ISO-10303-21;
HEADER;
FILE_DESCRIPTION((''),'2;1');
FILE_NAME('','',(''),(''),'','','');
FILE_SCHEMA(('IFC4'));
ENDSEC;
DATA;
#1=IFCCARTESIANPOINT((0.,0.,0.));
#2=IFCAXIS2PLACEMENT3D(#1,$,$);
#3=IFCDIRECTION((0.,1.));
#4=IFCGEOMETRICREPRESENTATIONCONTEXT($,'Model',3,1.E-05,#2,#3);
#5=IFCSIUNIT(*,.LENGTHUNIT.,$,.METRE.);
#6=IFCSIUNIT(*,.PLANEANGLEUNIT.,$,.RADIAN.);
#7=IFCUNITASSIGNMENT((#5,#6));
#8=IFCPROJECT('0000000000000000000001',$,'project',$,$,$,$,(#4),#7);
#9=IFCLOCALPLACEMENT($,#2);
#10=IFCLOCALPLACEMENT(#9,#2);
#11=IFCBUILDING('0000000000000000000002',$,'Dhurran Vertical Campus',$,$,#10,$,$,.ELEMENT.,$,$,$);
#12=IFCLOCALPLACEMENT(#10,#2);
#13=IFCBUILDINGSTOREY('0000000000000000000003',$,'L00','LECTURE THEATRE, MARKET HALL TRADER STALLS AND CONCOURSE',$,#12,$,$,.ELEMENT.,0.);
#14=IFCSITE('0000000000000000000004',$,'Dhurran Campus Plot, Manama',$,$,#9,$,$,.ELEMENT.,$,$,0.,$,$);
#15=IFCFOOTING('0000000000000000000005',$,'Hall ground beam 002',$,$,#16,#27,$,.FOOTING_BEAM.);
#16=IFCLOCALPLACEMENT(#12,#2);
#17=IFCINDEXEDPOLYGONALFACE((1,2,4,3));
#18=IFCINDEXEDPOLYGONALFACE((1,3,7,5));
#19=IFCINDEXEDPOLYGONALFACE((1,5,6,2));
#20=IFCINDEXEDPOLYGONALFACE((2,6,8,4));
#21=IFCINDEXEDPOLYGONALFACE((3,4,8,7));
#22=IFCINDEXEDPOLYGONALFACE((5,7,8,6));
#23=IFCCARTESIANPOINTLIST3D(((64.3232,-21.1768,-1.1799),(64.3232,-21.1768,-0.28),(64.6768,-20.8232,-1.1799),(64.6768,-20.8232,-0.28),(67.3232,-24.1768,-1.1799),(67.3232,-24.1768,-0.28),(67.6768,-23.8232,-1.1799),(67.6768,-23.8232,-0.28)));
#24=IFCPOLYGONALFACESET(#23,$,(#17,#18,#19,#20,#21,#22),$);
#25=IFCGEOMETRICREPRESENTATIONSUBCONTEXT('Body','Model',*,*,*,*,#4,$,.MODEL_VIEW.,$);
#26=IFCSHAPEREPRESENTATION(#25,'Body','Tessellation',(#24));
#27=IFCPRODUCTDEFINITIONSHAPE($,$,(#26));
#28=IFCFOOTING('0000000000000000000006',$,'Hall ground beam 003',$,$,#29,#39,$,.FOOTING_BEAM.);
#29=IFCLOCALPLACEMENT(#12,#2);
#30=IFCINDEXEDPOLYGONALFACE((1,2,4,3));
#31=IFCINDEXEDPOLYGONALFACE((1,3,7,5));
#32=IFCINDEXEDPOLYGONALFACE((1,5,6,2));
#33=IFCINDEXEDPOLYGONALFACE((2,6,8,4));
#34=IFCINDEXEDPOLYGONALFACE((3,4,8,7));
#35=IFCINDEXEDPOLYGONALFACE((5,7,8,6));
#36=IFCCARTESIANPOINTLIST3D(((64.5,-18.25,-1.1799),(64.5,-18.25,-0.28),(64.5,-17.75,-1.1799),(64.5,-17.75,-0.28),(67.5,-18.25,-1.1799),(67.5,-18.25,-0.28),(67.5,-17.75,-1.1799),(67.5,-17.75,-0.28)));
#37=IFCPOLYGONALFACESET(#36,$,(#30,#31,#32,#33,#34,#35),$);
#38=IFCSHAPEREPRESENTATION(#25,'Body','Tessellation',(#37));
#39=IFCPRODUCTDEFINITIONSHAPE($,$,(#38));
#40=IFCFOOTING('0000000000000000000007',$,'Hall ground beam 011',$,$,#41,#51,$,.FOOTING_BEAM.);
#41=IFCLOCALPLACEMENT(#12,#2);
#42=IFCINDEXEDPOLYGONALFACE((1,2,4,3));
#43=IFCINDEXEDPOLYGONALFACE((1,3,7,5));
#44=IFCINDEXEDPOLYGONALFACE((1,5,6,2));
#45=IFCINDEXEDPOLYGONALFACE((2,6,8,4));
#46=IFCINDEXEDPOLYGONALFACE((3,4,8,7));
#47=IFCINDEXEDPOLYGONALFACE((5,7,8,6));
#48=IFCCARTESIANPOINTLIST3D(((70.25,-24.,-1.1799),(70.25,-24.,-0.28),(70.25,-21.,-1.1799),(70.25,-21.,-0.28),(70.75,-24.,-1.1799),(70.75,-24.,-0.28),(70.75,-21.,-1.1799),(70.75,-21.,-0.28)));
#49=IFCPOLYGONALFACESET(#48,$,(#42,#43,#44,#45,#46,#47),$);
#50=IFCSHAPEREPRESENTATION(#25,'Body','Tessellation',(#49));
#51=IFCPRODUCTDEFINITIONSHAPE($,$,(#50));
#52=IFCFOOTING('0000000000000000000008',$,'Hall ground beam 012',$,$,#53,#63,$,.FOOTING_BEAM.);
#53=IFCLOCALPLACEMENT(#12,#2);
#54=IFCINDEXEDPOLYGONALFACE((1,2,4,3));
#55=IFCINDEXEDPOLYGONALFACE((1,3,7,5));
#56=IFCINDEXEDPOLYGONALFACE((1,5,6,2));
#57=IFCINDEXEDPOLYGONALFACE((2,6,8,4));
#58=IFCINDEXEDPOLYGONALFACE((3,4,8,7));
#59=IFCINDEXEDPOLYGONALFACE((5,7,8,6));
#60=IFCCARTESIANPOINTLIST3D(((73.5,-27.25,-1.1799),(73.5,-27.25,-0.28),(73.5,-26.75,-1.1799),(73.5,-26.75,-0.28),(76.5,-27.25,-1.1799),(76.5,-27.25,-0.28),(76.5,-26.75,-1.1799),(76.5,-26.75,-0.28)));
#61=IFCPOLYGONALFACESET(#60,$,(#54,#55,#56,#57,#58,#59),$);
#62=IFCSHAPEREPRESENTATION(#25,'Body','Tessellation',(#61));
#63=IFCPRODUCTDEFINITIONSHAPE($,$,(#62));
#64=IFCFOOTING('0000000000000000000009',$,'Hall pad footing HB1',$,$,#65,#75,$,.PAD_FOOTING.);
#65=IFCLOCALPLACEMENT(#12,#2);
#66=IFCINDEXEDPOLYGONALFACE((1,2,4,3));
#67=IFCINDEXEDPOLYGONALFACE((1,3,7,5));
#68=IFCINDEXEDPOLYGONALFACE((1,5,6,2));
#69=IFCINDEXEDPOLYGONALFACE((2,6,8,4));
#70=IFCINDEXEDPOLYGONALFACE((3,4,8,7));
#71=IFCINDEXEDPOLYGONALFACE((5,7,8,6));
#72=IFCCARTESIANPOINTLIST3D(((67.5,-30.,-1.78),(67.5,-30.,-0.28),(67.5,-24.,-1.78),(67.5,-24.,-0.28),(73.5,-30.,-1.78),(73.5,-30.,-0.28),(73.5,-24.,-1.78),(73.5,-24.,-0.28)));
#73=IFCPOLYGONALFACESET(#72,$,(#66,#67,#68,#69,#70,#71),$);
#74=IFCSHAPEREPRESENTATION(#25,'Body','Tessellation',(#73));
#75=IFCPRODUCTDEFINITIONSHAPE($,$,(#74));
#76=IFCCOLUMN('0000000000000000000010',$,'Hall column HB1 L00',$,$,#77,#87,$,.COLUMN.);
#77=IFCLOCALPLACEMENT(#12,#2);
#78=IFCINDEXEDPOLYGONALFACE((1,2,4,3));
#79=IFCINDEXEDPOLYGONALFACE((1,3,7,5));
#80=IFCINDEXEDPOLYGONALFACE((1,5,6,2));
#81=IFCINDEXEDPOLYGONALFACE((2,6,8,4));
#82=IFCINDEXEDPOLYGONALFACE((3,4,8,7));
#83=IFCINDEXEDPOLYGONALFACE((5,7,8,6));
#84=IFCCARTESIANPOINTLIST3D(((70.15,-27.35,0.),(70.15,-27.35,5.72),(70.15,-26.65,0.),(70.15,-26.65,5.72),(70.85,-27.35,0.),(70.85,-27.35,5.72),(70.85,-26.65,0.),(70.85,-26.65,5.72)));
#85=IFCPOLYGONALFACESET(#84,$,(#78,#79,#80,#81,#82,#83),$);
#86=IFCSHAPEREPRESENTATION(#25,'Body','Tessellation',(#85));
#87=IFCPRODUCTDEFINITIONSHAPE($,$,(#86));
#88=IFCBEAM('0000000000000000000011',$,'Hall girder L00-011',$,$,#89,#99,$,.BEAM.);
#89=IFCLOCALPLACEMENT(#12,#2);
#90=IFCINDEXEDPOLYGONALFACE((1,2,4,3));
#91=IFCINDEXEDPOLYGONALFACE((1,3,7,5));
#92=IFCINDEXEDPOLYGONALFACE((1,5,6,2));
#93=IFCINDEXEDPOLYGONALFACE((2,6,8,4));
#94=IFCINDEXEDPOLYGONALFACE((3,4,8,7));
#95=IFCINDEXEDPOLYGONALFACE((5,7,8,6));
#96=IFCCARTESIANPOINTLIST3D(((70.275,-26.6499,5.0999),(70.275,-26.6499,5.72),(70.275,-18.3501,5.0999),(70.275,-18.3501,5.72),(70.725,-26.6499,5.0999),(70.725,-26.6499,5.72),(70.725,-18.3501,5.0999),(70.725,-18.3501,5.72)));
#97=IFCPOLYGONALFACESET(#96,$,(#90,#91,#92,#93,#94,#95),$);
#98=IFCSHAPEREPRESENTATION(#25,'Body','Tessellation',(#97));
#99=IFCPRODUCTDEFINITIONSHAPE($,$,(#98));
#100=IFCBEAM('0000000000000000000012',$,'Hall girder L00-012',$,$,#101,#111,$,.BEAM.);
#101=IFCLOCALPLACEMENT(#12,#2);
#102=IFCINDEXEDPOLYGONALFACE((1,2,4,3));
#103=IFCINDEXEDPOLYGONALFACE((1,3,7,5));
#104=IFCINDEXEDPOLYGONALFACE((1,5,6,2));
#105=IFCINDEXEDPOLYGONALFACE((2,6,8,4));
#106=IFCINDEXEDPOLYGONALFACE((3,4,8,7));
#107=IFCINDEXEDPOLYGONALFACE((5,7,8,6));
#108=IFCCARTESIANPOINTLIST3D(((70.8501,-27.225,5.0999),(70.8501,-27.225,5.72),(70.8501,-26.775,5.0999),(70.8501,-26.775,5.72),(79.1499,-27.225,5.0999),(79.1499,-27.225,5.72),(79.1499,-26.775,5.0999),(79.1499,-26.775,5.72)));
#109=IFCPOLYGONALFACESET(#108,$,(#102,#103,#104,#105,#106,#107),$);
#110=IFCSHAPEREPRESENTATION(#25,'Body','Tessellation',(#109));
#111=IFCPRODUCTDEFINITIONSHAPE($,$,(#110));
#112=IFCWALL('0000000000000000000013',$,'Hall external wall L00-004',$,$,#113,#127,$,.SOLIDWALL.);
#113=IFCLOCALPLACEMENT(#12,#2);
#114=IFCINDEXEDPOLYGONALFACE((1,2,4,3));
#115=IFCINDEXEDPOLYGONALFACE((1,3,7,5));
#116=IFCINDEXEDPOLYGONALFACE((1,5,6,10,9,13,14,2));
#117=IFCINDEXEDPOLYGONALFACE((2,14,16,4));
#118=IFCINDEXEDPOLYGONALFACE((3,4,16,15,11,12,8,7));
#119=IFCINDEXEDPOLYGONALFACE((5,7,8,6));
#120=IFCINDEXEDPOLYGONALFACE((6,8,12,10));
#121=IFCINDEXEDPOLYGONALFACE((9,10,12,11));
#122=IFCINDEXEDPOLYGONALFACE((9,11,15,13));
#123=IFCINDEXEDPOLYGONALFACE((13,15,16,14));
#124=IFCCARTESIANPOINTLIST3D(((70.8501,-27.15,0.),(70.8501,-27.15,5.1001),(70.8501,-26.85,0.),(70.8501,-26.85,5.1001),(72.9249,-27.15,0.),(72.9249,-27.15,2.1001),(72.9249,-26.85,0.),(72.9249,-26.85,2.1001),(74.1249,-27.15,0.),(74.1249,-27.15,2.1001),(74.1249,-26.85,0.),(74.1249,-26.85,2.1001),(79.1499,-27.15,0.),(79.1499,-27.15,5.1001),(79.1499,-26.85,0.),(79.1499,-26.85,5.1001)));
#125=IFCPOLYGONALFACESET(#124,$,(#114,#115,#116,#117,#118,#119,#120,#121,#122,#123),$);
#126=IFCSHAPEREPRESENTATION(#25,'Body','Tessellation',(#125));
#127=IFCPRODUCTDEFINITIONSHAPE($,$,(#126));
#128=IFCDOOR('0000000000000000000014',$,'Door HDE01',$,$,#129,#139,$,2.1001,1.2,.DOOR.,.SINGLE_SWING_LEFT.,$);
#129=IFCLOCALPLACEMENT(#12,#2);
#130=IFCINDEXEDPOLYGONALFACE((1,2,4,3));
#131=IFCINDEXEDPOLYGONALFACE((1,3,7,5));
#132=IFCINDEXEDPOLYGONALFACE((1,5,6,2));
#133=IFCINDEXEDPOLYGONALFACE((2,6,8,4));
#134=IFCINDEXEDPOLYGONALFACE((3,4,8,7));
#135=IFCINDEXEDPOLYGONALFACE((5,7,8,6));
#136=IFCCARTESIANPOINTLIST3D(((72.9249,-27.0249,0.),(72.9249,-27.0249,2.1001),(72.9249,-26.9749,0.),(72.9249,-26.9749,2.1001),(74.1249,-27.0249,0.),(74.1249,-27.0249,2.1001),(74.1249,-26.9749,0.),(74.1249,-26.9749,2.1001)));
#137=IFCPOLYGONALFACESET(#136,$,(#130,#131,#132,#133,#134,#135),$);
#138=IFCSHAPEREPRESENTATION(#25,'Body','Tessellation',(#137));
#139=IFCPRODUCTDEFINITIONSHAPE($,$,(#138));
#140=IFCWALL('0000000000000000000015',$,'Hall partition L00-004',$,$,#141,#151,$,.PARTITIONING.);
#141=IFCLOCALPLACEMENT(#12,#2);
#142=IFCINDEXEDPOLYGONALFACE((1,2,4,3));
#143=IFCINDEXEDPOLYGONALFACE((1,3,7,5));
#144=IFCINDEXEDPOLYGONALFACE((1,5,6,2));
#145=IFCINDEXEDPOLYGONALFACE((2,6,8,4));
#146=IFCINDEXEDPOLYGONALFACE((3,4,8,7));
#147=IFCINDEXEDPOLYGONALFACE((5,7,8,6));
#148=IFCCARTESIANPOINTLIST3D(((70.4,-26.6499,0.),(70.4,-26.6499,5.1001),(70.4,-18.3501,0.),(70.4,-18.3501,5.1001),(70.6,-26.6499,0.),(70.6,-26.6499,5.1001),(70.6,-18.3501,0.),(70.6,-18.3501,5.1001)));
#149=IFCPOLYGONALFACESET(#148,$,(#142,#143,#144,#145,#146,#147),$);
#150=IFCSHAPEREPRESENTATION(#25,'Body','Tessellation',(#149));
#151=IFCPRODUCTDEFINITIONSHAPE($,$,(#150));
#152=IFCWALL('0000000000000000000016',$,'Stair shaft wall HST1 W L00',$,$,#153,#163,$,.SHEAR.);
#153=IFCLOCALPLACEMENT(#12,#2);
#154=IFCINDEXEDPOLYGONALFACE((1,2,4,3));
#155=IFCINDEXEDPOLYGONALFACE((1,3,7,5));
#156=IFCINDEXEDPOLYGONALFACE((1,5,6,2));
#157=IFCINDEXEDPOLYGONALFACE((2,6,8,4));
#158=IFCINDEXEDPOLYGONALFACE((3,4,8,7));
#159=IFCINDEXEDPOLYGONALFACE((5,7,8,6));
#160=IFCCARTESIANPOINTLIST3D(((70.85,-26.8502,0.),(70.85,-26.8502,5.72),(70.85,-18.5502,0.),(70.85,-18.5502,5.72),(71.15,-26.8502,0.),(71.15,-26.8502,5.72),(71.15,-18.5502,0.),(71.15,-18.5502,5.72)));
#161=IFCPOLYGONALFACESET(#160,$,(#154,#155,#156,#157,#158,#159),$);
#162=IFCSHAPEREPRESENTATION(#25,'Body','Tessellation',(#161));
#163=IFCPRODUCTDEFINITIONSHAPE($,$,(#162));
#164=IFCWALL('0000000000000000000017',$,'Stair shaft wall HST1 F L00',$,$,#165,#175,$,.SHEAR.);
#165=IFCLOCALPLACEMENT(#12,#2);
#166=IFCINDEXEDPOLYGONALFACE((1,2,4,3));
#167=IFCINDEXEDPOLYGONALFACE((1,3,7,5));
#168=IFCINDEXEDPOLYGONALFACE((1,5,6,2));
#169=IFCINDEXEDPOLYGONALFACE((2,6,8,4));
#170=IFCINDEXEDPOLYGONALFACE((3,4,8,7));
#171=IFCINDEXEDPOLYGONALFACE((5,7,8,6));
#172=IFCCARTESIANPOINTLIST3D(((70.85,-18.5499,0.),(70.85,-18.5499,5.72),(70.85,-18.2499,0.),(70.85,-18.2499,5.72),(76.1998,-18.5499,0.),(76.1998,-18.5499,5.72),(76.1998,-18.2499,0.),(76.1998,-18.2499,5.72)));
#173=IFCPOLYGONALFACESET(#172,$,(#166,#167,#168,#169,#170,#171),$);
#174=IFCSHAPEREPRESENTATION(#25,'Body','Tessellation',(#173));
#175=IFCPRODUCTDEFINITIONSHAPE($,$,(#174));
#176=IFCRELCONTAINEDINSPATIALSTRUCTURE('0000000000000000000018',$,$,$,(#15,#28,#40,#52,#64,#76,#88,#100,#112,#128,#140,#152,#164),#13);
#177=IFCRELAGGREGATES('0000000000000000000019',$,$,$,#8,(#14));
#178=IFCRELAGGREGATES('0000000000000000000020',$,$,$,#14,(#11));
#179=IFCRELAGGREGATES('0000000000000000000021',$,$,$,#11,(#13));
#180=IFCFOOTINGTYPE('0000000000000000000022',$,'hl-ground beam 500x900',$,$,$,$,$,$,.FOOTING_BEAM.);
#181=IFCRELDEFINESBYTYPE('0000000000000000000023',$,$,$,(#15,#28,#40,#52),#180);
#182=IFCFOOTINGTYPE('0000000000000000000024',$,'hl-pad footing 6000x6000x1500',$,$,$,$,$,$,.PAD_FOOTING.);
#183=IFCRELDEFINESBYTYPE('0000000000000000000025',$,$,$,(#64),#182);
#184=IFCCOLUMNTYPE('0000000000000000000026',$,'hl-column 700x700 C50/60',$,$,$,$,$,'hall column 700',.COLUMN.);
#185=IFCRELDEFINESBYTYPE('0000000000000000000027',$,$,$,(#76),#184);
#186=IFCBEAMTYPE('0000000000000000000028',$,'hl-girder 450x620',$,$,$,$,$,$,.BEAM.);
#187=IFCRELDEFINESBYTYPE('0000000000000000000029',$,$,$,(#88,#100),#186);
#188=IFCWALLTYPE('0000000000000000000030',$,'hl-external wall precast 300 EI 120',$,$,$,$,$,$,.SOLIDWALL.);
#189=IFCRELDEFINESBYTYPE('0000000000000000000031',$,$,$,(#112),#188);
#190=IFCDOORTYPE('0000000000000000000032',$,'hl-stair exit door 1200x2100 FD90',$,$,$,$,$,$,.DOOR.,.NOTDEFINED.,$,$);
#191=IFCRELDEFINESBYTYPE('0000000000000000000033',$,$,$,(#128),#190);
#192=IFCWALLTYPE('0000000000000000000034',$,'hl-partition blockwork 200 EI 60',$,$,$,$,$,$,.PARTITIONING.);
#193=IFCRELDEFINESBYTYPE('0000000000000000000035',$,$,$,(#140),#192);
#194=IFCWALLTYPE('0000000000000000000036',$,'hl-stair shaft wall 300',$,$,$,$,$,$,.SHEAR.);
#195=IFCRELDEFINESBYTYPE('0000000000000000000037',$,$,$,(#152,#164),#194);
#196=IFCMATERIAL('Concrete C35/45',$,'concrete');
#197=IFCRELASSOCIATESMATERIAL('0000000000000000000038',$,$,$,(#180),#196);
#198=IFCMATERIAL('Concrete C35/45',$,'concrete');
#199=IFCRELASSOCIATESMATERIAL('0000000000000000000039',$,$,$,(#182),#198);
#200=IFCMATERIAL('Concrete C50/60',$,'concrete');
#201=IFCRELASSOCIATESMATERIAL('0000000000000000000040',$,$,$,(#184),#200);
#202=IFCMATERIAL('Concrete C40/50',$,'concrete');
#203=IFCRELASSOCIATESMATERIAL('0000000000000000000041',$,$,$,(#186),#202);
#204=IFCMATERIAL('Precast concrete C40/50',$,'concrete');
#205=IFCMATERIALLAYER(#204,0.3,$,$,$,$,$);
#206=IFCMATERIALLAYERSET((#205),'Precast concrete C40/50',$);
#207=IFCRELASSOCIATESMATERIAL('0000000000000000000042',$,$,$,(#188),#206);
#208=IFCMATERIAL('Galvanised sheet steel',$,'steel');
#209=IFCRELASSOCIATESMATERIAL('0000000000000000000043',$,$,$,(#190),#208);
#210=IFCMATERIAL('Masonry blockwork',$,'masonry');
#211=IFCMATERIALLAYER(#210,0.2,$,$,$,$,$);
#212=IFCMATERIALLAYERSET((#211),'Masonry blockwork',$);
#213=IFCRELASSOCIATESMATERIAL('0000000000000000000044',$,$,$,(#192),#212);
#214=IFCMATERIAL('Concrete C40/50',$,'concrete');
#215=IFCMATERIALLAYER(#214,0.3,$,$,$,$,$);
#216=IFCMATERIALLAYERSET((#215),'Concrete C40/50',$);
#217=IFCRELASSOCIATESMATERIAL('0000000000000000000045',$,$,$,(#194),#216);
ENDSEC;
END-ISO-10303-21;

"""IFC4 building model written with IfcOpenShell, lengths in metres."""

from ifc_helpers import new_model, si_unit, direction, frame, frame_2d, origin, origin_2d, place, context, subcontext, project, spatial, rectangle, extrude, material, layer, layer_set, material_profile, profile_set, type_object, element, fill, save


model = new_model("IFC4")

# Units and contexts
model_context = context("Model", 3, precision=1e-05, world=origin(), true_north=direction((0.0, 1.0)))
body_context = subcontext(model_context, "Body", "Model", "MODEL_VIEW")
ifc_project = project(units=[si_unit("LENGTHUNIT", "METRE"), si_unit("PLANEANGLEUNIT", "RADIAN")], contexts=[model_context])

# Site, building, storey
site_placement = place(None, origin())
site = spatial("IfcSite", under=ifc_project, at=site_placement, Name="Dhurran Campus Plot, Manama", CompositionType="ELEMENT", RefElevation=0.0)
building_placement = place(site_placement, origin())
building = spatial("IfcBuilding", under=site, at=building_placement, Name="Dhurran Vertical Campus", CompositionType="ELEMENT")
storey_placement = place(building_placement, origin())
storey = spatial("IfcBuildingStorey", under=building, at=storey_placement, Name="L00", Description="LECTURE THEATRE, MARKET HALL TRADER STALLS AND CONCOURSE", CompositionType="ELEMENT", Elevation=0.0)

# Footings
ifc_material_1 = material(Name="Concrete C35/45", Category="concrete")
ifc_material_profile_1 = material_profile(ifc_material_1, rectangle(XDim=0.5, YDim=0.8999, at=origin_2d()), Name="hl-ground beam 500x900")
ifc_profile_set_1 = profile_set([ifc_material_profile_1], Name="Concrete C35/45")
footing_type_1 = type_object("IfcFootingType", Name="hl-ground beam 500x900", PredefinedType="FOOTING_BEAM", material=ifc_profile_set_1)
footing_1_placement = place(storey_placement, frame((64.5, -21.0, -0.73), z_axis=(0.707107, -0.707107, 0.0), x_axis=(0.707107, 0.707107, 0.0)))
element("IfcFooting", 1, at=footing_1_placement, inside=storey, type_object=footing_type_1, Name="Hall ground beam 002", PredefinedType="FOOTING_BEAM", context=body_context, shape_type="SweptSolid", body=[
    extrude(rectangle(XDim=0.5, YDim=0.8999, at=origin_2d()), origin(), (0.0, 0.0, 1.0), 4.2427),
])
for number, where, z_axis, x_axis, name in (
    (2, (64.5, -18.0, -0.73), (1.0, 0.0, 0.0), (0.0, 1.0, 0.0), "Hall ground beam 003"),
    (3, (70.5, -24.0, -0.73), (0.0, 1.0, 0.0), (-1.0, 0.0, 0.0), "Hall ground beam 011"),
    (4, (73.5, -27.0, -0.73), (1.0, 0.0, 0.0), (0.0, 1.0, 0.0), "Hall ground beam 012"),
):
    element("IfcFooting", number, at=place(storey_placement, frame(where, z_axis=z_axis, x_axis=x_axis)), inside=storey, type_object=footing_type_1, Name=name, PredefinedType="FOOTING_BEAM", context=body_context, shape_type="SweptSolid", body=[
        extrude(rectangle(XDim=0.5, YDim=0.8999, at=origin_2d()), origin(), (0.0, 0.0, 1.0), 3.0),
    ])
ifc_material_2 = material(Name="Concrete C35/45", Category="concrete")
footing_type_2 = type_object("IfcFootingType", Name="hl-pad footing 6000x6000x1500", PredefinedType="PAD_FOOTING", material=ifc_material_2)
footing_2_placement = place(storey_placement, frame((70.5, -27.0, -1.78), z_axis=(0.0, 0.0, 1.0), x_axis=(1.0, 0.0, 0.0)))
element("IfcFooting", 5, at=footing_2_placement, inside=storey, type_object=footing_type_2, Name="Hall pad footing HB1", PredefinedType="PAD_FOOTING", context=body_context, shape_type="SweptSolid", body=[
    extrude(rectangle(XDim=6.0, YDim=6.0, at=origin_2d()), origin(), (0.0, 0.0, 1.0), 1.5),
])

# Column
ifc_material_3 = material(Name="Concrete C50/60", Category="concrete")
ifc_material_profile_2 = material_profile(ifc_material_3, rectangle(XDim=0.7, YDim=0.7, at=origin_2d()), Name="hl-column 700x700 C50/60")
ifc_profile_set_2 = profile_set([ifc_material_profile_2], Name="Concrete C50/60")
column_type = type_object("IfcColumnType", Name="hl-column 700x700 C50/60", ElementType="hall column 700", PredefinedType="COLUMN", material=ifc_profile_set_2)
column_placement = place(storey_placement, frame((70.5, -27.0, 0.0), z_axis=(0.0, 0.0, 1.0), x_axis=(1.0, 0.0, 0.0)))
element("IfcColumn", 6, at=column_placement, inside=storey, type_object=column_type, Name="Hall column HB1 L00", PredefinedType="COLUMN", context=body_context, shape_type="SweptSolid", body=[
    extrude(rectangle(XDim=0.7, YDim=0.7, at=origin_2d()), origin(), (0.0, 0.0, 1.0), 5.72),
])

# Beams
ifc_material_4 = material(Name="Concrete C40/50", Category="concrete")
ifc_material_profile_3 = material_profile(ifc_material_4, rectangle(XDim=0.45, YDim=0.6201, at=origin_2d()), Name="hl-girder 450x620")
ifc_profile_set_3 = profile_set([ifc_material_profile_3], Name="Concrete C40/50")
beam_type = type_object("IfcBeamType", Name="hl-girder 450x620", PredefinedType="BEAM", material=ifc_profile_set_3)
for number, where, z_axis, x_axis, name in (
    (7, (70.5, -26.6499, 5.4099), (0.0, 1.0, 0.0), (-1.0, 0.0, 0.0), "Hall girder L00-011"),
    (8, (70.8501, -27.0, 5.4099), (1.0, 0.0, 0.0), (0.0, 1.0, 0.0), "Hall girder L00-012"),
):
    element("IfcBeam", number, at=place(storey_placement, frame(where, z_axis=z_axis, x_axis=x_axis)), inside=storey, type_object=beam_type, Name=name, PredefinedType="BEAM", context=body_context, shape_type="SweptSolid", body=[
        extrude(rectangle(XDim=0.45, YDim=0.6201, at=origin_2d()), origin(), (0.0, 0.0, 1.0), 8.2998),
    ])

# Wall, opening, door
ifc_material_5 = material(Name="Precast concrete C40/50", Category="concrete")
ifc_layer_1 = layer(ifc_material_5, 0.3)
ifc_layer_set_1 = layer_set([ifc_layer_1], Name="Precast concrete C40/50")
wall_type_1 = type_object("IfcWallType", Name="hl-external wall precast 300 EI 120", PredefinedType="SOLIDWALL", material=ifc_layer_set_1)
wall_1_placement = place(storey_placement, frame((70.8501, -27.0, 0.0), z_axis=(0.0, 0.0, 1.0), x_axis=(1.0, 0.0, 0.0)))
wall_1 = element("IfcWall", 9, at=wall_1_placement, inside=storey, type_object=wall_type_1, Name="Hall external wall L00-004", PredefinedType="SOLIDWALL", context=body_context, shape_type="SweptSolid", body=[
    extrude(rectangle(XDim=8.2998, YDim=0.3, at=frame_2d((4.1499, 0.0))), origin(), (0.0, 0.0, 1.0), 5.1001),
])
opening_placement = place(wall_1_placement, frame((3.2749, 0.0, 0.0), z_axis=(0.0, 0.0, 1.0), x_axis=(-1.0, 0.0, 0.0)))
opening = element("IfcOpeningElement", 10, at=opening_placement, cuts=wall_1, PredefinedType="OPENING", context=body_context, shape_type="SweptSolid", body=[
    extrude(rectangle(XDim=1.2, YDim=2.1001, at=frame_2d((0.6001, 1.05))), frame((0.0, 0.1599, 0.0), z_axis=(0.0, -1.0, 0.0), x_axis=(1.0, 0.0, 0.0)), (0.0, 0.0, 1.0), 0.3201),
])
ifc_material_6 = material(Name="Galvanised sheet steel", Category="steel")
door_type = type_object("IfcDoorType", Name="hl-stair exit door 1200x2100 FD90", OperationType="NOTDEFINED", PredefinedType="DOOR", material=ifc_material_6)
door_placement = place(opening_placement, origin())
door = element("IfcDoor", 11, at=door_placement, inside=storey, type_object=door_type, Name="Door HDE01", OperationType="SINGLE_SWING_LEFT", OverallHeight=2.1001, OverallWidth=1.2, PredefinedType="DOOR", context=body_context, shape_type="SweptSolid", body=[
    extrude(rectangle(XDim=1.2, YDim=2.1001, at=frame_2d((0.6001, 1.05))), frame((0.0, 0.0249, 0.0), z_axis=(0.0, -1.0, 0.0), x_axis=(1.0, 0.0, 0.0)), (0.0, 0.0, 1.0), 0.05),
])
fill(opening, door)

# Walls
ifc_material_7 = material(Name="Masonry blockwork", Category="masonry")
ifc_layer_2 = layer(ifc_material_7, 0.2)
ifc_layer_set_2 = layer_set([ifc_layer_2], Name="Masonry blockwork")
wall_type_2 = type_object("IfcWallType", Name="hl-partition blockwork 200 EI 60", PredefinedType="PARTITIONING", material=ifc_layer_set_2)
wall_2_placement = place(storey_placement, frame((70.5, -26.6499, 0.0), z_axis=(0.0, 0.0, 1.0), x_axis=(0.0, 1.0, 0.0)))
element("IfcWall", 12, at=wall_2_placement, inside=storey, type_object=wall_type_2, Name="Hall partition L00-004", PredefinedType="PARTITIONING", context=body_context, shape_type="SweptSolid", body=[
    extrude(rectangle(XDim=8.2998, YDim=0.2, at=frame_2d((4.1499, 0.0))), origin(), (0.0, 0.0, 1.0), 5.1001),
])
ifc_material_8 = material(Name="Concrete C40/50", Category="concrete")
ifc_layer_3 = layer(ifc_material_8, 0.3)
ifc_layer_set_3 = layer_set([ifc_layer_3], Name="Concrete C40/50")
wall_type_3 = type_object("IfcWallType", Name="hl-stair shaft wall 300", PredefinedType="SHEAR", material=ifc_layer_set_3)
wall_3_placement = place(storey_placement, frame((71.0, -26.8501, 0.0), z_axis=(0.0, 0.0, 1.0), x_axis=(0.0, 1.0, 0.0)))
element("IfcWall", 13, at=wall_3_placement, inside=storey, type_object=wall_type_3, Name="Stair shaft wall HST1 W L00", PredefinedType="SHEAR", context=body_context, shape_type="SweptSolid", body=[
    extrude(rectangle(XDim=8.3, YDim=0.3, at=frame_2d((4.1499, 0.0))), origin(), (0.0, 0.0, 1.0), 5.72),
])
wall_4_placement = place(storey_placement, frame((70.8501, -18.3999, 0.0), z_axis=(0.0, 0.0, 1.0), x_axis=(1.0, 0.0, 0.0)))
element("IfcWall", 14, at=wall_4_placement, inside=storey, type_object=wall_type_3, Name="Stair shaft wall HST1 F L00", PredefinedType="SHEAR", context=body_context, shape_type="SweptSolid", body=[
    extrude(rectangle(XDim=5.3499, YDim=0.3, at=frame_2d((2.6748, 0.0))), origin(), (0.0, 0.0, 1.0), 5.72),
])

save(model, "model.ifc")
